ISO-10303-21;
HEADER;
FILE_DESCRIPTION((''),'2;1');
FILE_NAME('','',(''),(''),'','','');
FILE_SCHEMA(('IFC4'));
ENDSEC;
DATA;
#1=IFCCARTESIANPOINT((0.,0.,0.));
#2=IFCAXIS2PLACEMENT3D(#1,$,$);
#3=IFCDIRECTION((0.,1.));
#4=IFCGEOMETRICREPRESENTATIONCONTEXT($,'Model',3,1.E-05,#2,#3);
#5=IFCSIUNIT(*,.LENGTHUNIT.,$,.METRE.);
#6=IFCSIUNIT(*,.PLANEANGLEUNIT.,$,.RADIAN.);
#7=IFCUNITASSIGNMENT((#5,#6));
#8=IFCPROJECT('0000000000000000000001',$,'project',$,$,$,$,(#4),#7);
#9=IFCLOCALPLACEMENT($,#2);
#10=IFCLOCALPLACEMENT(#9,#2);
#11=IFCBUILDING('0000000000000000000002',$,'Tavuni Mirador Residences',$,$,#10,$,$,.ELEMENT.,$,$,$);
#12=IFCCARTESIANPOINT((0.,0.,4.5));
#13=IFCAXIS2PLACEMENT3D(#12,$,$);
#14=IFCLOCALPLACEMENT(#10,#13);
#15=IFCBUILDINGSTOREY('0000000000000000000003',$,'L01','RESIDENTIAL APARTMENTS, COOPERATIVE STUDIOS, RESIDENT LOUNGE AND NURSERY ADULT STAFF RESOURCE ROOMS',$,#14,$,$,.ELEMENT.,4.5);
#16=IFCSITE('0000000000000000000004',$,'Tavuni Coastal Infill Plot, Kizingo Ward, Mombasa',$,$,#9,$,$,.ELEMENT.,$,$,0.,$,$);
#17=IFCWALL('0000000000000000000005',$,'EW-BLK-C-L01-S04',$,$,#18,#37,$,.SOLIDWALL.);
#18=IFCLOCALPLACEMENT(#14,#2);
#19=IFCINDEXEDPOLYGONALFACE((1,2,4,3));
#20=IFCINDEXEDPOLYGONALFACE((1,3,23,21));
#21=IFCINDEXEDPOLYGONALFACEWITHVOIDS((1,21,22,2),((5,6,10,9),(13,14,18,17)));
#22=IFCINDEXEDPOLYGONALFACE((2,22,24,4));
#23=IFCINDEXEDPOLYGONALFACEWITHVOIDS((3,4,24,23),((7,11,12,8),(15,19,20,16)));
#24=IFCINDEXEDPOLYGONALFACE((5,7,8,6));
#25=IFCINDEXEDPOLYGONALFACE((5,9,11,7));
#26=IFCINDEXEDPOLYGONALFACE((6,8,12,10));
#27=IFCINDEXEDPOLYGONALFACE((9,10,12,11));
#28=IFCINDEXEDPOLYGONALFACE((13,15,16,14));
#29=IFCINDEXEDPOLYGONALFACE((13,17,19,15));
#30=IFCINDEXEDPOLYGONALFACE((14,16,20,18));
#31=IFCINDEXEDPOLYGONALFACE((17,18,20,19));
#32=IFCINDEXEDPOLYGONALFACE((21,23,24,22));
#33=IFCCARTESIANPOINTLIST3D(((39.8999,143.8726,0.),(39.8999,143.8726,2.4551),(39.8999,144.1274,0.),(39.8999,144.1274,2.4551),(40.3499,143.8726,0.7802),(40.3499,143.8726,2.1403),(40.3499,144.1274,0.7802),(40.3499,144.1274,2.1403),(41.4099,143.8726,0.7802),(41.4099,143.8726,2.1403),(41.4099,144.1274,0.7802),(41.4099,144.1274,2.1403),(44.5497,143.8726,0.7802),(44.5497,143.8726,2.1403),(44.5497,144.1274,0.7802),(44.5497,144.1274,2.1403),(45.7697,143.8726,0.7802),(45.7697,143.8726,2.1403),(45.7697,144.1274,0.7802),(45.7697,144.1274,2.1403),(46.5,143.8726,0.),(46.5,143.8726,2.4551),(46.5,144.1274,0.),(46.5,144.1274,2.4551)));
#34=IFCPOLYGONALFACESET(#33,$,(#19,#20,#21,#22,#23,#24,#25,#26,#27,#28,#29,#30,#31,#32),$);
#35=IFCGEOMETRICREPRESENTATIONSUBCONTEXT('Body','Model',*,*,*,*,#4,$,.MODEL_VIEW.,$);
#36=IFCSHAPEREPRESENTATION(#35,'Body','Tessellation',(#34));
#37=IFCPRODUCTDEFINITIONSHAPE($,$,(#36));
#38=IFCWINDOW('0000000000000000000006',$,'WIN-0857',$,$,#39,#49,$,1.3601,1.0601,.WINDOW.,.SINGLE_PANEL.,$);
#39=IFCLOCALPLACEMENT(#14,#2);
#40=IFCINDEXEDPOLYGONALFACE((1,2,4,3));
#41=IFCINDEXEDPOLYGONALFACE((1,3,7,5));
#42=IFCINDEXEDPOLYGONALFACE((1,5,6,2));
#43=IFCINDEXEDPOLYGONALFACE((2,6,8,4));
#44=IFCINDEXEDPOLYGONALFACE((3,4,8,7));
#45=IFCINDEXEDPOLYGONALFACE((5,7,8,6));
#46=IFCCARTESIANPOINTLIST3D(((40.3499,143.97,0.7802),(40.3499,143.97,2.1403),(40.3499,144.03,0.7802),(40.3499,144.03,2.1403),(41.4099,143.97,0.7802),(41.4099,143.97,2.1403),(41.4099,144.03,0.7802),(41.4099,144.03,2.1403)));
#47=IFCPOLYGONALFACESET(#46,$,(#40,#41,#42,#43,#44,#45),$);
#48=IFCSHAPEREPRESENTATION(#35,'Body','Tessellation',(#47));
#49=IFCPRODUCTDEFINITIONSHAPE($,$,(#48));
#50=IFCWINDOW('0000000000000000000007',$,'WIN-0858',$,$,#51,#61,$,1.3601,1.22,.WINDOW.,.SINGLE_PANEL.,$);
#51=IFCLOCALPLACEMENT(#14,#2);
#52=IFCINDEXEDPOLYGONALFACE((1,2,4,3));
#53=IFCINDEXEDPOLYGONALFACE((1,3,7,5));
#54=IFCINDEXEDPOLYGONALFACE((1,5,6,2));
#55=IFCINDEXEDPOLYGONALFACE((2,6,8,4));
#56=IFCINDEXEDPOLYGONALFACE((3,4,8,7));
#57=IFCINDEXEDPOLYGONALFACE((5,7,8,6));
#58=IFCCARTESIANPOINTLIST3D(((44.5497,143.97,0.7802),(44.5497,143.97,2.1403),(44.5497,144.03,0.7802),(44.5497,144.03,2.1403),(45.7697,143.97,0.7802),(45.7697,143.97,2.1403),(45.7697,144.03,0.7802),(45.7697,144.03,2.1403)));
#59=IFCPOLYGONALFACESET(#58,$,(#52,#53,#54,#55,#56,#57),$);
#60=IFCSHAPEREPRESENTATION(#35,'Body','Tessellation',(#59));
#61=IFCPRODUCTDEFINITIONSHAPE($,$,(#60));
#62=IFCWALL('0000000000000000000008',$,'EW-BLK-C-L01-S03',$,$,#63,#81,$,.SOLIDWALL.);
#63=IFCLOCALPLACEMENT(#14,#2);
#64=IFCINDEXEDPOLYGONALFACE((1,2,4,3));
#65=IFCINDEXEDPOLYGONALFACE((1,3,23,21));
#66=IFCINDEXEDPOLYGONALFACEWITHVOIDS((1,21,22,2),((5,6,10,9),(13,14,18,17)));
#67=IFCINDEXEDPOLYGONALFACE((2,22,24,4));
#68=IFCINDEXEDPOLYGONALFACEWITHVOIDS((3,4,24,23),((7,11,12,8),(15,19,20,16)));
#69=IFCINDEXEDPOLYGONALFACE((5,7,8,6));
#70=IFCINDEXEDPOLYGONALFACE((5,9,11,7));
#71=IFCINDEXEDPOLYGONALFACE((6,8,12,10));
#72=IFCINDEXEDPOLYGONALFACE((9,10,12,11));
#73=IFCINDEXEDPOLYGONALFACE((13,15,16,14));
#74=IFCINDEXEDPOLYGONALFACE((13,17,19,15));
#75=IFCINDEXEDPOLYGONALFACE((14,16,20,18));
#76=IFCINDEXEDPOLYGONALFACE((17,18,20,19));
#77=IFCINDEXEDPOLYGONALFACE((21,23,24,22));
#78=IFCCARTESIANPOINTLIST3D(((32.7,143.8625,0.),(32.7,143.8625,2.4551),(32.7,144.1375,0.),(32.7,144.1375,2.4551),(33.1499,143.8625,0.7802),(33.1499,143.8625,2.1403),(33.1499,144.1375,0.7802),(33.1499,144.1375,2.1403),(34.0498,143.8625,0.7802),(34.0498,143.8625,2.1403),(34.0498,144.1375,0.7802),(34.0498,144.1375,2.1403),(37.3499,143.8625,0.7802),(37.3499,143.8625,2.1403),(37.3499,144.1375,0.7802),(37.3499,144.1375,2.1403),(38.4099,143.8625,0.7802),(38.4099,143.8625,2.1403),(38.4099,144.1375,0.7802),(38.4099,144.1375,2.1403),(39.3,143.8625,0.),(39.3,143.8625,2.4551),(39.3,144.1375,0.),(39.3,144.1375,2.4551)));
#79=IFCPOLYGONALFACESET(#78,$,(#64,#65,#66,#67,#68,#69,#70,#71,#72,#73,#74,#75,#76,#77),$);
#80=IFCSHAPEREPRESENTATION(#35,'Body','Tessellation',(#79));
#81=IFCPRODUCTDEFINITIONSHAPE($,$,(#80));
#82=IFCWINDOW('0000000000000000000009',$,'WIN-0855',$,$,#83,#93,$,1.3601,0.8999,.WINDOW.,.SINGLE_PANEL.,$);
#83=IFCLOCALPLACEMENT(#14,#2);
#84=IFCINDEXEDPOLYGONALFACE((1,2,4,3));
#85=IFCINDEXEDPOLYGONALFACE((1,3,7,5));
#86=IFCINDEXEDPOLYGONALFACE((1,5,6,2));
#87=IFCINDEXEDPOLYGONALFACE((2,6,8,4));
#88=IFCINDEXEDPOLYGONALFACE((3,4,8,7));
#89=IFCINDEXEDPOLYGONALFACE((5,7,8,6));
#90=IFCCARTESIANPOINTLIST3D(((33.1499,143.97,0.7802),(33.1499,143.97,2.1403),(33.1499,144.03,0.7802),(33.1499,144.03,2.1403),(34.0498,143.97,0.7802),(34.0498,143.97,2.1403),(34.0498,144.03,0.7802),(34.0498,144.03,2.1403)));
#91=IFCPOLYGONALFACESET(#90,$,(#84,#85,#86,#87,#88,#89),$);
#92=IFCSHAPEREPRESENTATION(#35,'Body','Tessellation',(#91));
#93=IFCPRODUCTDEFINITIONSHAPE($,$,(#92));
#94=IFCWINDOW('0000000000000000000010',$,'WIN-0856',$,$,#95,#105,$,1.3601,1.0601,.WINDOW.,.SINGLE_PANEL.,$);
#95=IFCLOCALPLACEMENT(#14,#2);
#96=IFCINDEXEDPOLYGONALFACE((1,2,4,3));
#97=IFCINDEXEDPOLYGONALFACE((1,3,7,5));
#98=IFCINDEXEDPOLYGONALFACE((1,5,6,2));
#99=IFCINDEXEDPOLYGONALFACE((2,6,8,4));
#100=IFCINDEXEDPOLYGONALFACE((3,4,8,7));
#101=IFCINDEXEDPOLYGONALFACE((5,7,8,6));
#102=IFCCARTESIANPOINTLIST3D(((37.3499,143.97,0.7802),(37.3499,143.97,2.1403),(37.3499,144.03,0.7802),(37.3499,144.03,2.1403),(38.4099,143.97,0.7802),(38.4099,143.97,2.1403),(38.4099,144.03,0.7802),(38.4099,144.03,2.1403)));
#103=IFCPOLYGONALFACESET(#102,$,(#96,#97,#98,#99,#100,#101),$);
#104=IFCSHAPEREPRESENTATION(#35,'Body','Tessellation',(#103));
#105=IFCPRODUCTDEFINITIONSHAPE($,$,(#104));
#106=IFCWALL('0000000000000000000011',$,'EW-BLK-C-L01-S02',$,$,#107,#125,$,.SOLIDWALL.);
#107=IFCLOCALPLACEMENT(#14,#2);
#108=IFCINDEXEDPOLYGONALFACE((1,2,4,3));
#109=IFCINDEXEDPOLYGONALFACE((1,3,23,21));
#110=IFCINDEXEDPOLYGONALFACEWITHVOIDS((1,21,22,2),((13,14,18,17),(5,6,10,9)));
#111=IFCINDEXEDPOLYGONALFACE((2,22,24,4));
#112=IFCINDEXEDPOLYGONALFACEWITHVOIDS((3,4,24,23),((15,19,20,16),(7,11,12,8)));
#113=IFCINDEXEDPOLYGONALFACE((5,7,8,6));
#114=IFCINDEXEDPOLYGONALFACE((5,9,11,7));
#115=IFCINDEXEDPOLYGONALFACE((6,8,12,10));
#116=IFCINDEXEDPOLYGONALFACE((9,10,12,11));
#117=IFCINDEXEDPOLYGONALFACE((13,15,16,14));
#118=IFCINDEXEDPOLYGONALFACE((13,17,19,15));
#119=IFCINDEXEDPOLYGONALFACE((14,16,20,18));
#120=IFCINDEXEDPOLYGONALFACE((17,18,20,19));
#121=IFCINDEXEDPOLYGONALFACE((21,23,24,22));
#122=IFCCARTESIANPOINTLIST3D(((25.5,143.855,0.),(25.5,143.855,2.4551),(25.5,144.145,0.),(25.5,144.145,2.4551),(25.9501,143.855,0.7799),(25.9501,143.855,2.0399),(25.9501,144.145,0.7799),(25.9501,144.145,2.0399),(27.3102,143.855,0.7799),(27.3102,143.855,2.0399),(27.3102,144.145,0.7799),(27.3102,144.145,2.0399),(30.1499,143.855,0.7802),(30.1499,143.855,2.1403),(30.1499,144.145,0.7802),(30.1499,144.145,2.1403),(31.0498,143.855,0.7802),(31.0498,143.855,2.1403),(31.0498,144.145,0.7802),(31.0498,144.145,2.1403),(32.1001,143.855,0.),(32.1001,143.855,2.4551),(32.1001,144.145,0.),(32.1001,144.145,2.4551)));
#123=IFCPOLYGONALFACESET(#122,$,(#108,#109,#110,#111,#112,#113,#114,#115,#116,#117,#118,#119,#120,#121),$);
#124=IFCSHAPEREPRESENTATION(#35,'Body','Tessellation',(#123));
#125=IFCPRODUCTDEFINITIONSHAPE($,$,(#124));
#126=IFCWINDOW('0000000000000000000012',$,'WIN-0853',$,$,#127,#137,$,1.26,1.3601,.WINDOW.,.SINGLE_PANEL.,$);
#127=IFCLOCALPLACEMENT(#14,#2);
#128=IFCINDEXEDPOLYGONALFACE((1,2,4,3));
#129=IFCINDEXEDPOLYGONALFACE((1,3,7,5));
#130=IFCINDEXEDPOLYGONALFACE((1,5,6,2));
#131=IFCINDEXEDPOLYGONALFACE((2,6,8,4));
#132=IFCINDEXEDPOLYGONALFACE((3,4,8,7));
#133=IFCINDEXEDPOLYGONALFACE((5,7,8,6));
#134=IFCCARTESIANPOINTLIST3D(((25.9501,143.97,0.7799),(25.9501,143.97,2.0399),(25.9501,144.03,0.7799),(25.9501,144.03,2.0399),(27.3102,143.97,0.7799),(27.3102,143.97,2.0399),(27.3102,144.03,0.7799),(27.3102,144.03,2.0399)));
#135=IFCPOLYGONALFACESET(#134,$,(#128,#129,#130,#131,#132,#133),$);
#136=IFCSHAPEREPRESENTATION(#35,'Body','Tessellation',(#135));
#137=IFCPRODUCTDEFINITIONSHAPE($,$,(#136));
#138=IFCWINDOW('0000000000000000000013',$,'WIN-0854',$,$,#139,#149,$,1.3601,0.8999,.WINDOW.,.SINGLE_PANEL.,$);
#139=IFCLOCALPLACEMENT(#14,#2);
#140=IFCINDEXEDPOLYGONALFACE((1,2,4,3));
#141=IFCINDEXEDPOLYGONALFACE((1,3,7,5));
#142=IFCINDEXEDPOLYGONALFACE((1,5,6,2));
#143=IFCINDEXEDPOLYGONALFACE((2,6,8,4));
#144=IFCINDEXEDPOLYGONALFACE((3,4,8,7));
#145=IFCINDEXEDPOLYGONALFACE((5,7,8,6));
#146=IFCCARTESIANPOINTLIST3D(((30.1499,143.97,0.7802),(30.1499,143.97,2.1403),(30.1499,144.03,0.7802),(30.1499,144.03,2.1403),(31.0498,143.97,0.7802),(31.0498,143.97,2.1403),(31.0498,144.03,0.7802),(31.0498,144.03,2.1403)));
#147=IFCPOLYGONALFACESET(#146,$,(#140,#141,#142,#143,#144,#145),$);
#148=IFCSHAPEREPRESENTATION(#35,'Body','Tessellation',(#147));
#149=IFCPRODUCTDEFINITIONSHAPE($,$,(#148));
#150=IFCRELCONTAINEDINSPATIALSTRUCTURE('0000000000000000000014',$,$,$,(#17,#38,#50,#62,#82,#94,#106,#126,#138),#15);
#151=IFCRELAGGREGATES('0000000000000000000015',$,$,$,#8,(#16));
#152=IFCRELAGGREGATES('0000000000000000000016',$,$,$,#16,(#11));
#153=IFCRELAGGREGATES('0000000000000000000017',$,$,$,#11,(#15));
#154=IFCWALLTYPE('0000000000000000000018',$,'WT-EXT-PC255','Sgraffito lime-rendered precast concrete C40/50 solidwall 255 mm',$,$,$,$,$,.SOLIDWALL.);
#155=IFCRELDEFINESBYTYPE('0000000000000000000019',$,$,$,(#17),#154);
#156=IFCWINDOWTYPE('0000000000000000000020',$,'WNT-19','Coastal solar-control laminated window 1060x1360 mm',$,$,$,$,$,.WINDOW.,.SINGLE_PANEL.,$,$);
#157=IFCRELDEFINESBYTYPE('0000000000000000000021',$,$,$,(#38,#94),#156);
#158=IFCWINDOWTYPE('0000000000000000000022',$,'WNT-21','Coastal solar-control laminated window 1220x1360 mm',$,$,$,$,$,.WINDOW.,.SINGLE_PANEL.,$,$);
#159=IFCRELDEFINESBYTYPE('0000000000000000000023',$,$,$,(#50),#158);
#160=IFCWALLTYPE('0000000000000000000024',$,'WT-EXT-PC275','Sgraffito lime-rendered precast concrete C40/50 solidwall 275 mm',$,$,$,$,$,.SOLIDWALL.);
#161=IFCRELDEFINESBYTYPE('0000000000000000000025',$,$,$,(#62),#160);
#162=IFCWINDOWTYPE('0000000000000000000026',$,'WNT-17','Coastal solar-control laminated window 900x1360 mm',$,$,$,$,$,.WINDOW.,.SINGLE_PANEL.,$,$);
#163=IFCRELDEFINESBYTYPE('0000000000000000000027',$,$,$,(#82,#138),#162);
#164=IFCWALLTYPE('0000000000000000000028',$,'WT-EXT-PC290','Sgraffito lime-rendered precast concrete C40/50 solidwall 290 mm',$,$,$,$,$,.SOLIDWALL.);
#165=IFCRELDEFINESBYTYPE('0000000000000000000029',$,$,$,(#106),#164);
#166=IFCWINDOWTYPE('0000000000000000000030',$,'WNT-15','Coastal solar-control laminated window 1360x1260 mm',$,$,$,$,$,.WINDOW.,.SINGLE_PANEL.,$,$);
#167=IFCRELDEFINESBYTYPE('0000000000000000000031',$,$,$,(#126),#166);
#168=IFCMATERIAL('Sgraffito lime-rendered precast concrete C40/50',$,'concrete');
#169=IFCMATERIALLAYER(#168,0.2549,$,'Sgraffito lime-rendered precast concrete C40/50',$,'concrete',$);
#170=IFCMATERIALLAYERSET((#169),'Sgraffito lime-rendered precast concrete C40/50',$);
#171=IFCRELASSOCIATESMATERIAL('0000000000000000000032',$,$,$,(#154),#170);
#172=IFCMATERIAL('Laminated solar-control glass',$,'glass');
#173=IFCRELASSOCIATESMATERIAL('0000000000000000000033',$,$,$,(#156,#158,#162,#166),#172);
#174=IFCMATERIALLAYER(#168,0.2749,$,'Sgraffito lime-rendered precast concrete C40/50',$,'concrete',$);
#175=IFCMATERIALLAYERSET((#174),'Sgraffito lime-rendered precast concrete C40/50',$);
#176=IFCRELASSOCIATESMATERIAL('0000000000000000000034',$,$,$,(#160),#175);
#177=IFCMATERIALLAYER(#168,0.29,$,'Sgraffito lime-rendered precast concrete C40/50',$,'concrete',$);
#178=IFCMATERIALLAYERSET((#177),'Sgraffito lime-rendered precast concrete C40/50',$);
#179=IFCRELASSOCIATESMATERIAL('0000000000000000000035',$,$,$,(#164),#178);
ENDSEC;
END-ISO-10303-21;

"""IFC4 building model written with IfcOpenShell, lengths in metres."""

from ifc_helpers import new_model, si_unit, direction, frame, frame_2d, origin, place, context, subcontext, project, spatial, rectangle, extrude, material, layer, layer_set, type_object, element, fill, save


model = new_model("IFC4")

# Units and contexts
model_context = context("Model", 3, precision=1e-05, world=origin(), true_north=direction((0.0, 1.0)))
body_context = subcontext(model_context, "Body", "Model", "MODEL_VIEW")
ifc_project = project(units=[si_unit("LENGTHUNIT", "METRE"), si_unit("PLANEANGLEUNIT", "RADIAN")], contexts=[model_context])

# Site, building, storey
site_placement = place(None, origin())
site = spatial("IfcSite", under=ifc_project, at=site_placement, Name="Tavuni Coastal Infill Plot, Kizingo Ward, Mombasa", CompositionType="ELEMENT", RefElevation=0.0)
building_placement = place(site_placement, origin())
building = spatial("IfcBuilding", under=site, at=building_placement, Name="Tavuni Mirador Residences", CompositionType="ELEMENT")
storey_placement = place(building_placement, frame((0.0, 0.0, 4.5)))
storey = spatial("IfcBuildingStorey", under=building, at=storey_placement, Name="L01", Description="RESIDENTIAL APARTMENTS, COOPERATIVE STUDIOS, RESIDENT LOUNGE AND NURSERY ADULT STAFF RESOURCE ROOMS", CompositionType="ELEMENT", Elevation=4.5)

# Walls, openings, windows
ifc_material_1 = material(Name="Sgraffito lime-rendered precast concrete C40/50", Category="concrete")
ifc_layer_1 = layer(ifc_material_1, 0.2549, Name="Sgraffito lime-rendered precast concrete C40/50", Category="concrete")
ifc_layer_set_1 = layer_set([ifc_layer_1], Name="Sgraffito lime-rendered precast concrete C40/50")
wall_type_1 = type_object("IfcWallType", Name="WT-EXT-PC255", Description="Sgraffito lime-rendered precast concrete C40/50 solidwall 255 mm", PredefinedType="SOLIDWALL", material=ifc_layer_set_1)
wall_1_placement = place(storey_placement, frame((39.8999, 144.0, 0.0), z_axis=(0.0, 0.0, 1.0), x_axis=(1.0, 0.0, 0.0)))
wall_1 = element("IfcWall", 1, at=wall_1_placement, inside=storey, type_object=wall_type_1, Name="EW-BLK-C-L01-S04", PredefinedType="SOLIDWALL", context=body_context, shape_type="SweptSolid", body=[
    extrude(rectangle(XDim=6.6001, YDim=0.2549, at=frame_2d((3.3, 0.0))), origin(), (0.0, 0.0, 1.0), 2.4551),
])
opening_1_placement = place(wall_1_placement, frame((0.45, 0.0, 0.78)))
opening_1 = element("IfcOpeningElement", 2, at=opening_1_placement, cuts=wall_1, PredefinedType="OPENING", context=body_context, shape_type="SweptSolid", body=[
    extrude(rectangle(XDim=1.0601, YDim=1.3601, at=frame_2d((0.53, 0.6802))), frame((0.0, 0.1375, 0.0), z_axis=(0.0, -1.0, 0.0), x_axis=(1.0, 0.0, 0.0)), (0.0, 0.0, 1.0), 0.2749),
])
opening_2_placement = place(wall_1_placement, frame((4.6499, 0.0, 0.78)))
opening_2 = element("IfcOpeningElement", 3, at=opening_2_placement, cuts=wall_1, PredefinedType="OPENING", context=body_context, shape_type="SweptSolid", body=[
    extrude(rectangle(XDim=1.22, YDim=1.3601, at=frame_2d((0.6099, 0.6802))), frame((0.0, 0.1375, 0.0), z_axis=(0.0, -1.0, 0.0), x_axis=(1.0, 0.0, 0.0)), (0.0, 0.0, 1.0), 0.2749),
])
ifc_material_2 = material(Name="Laminated solar-control glass", Category="glass")
window_type_1 = type_object("IfcWindowType", Name="WNT-19", Description="Coastal solar-control laminated window 1060x1360 mm", PartitioningType="SINGLE_PANEL", PredefinedType="WINDOW", material=ifc_material_2)
window_1_placement = place(opening_1_placement, origin())
window_1 = element("IfcWindow", 4, at=window_1_placement, inside=storey, type_object=window_type_1, Name="WIN-0857", OverallHeight=1.3601, OverallWidth=1.0601, PartitioningType="SINGLE_PANEL", PredefinedType="WINDOW", context=body_context, shape_type="SweptSolid", body=[
    extrude(rectangle(XDim=1.0601, YDim=1.3601, at=frame_2d((0.53, 0.6802))), frame((0.0, 0.03, 0.0), z_axis=(0.0, -1.0, 0.0), x_axis=(1.0, 0.0, 0.0)), (0.0, 0.0, 1.0), 0.0601),
])
fill(opening_1, window_1)
window_type_2 = type_object("IfcWindowType", Name="WNT-21", Description="Coastal solar-control laminated window 1220x1360 mm", PartitioningType="SINGLE_PANEL", PredefinedType="WINDOW", material=ifc_material_2)
window_2_placement = place(opening_2_placement, origin())
window_2 = element("IfcWindow", 5, at=window_2_placement, inside=storey, type_object=window_type_2, Name="WIN-0858", OverallHeight=1.3601, OverallWidth=1.22, PartitioningType="SINGLE_PANEL", PredefinedType="WINDOW", context=body_context, shape_type="SweptSolid", body=[
    extrude(rectangle(XDim=1.22, YDim=1.3601, at=frame_2d((0.6099, 0.6802))), frame((0.0, 0.03, 0.0), z_axis=(0.0, -1.0, 0.0), x_axis=(1.0, 0.0, 0.0)), (0.0, 0.0, 1.0), 0.0601),
])
fill(opening_2, window_2)
ifc_layer_2 = layer(ifc_material_1, 0.2749, Name="Sgraffito lime-rendered precast concrete C40/50", Category="concrete")
ifc_layer_set_2 = layer_set([ifc_layer_2], Name="Sgraffito lime-rendered precast concrete C40/50")
wall_type_2 = type_object("IfcWallType", Name="WT-EXT-PC275", Description="Sgraffito lime-rendered precast concrete C40/50 solidwall 275 mm", PredefinedType="SOLIDWALL", material=ifc_layer_set_2)
wall_2_placement = place(storey_placement, frame((32.7, 144.0, 0.0), z_axis=(0.0, 0.0, 1.0), x_axis=(1.0, 0.0, 0.0)))
wall_2 = element("IfcWall", 6, at=wall_2_placement, inside=storey, type_object=wall_type_2, Name="EW-BLK-C-L01-S03", PredefinedType="SOLIDWALL", context=body_context, shape_type="SweptSolid", body=[
    extrude(rectangle(XDim=6.6001, YDim=0.2749, at=frame_2d((3.3, 0.0))), origin(), (0.0, 0.0, 1.0), 2.4551),
])
opening_3_placement = place(wall_2_placement, frame((0.45, 0.0, 0.78)))
opening_3 = element("IfcOpeningElement", 7, at=opening_3_placement, cuts=wall_2, PredefinedType="OPENING", context=body_context, shape_type="SweptSolid", body=[
    extrude(rectangle(XDim=0.8999, YDim=1.3601, at=frame_2d((0.45, 0.6802))), frame((0.0, 0.1475, 0.0), z_axis=(0.0, -1.0, 0.0), x_axis=(1.0, 0.0, 0.0)), (0.0, 0.0, 1.0), 0.2949),
])
opening_4_placement = place(wall_2_placement, frame((4.6499, 0.0, 0.78)))
opening_4 = element("IfcOpeningElement", 8, at=opening_4_placement, cuts=wall_2, PredefinedType="OPENING", context=body_context, shape_type="SweptSolid", body=[
    extrude(rectangle(XDim=1.0601, YDim=1.3601, at=frame_2d((0.53, 0.6802))), frame((0.0, 0.1475, 0.0), z_axis=(0.0, -1.0, 0.0), x_axis=(1.0, 0.0, 0.0)), (0.0, 0.0, 1.0), 0.2949),
])
window_type_3 = type_object("IfcWindowType", Name="WNT-17", Description="Coastal solar-control laminated window 900x1360 mm", PartitioningType="SINGLE_PANEL", PredefinedType="WINDOW", material=ifc_material_2)
window_3_placement = place(opening_3_placement, origin())
window_3 = element("IfcWindow", 9, at=window_3_placement, inside=storey, type_object=window_type_3, Name="WIN-0855", OverallHeight=1.3601, OverallWidth=0.8999, PartitioningType="SINGLE_PANEL", PredefinedType="WINDOW", context=body_context, shape_type="SweptSolid", body=[
    extrude(rectangle(XDim=0.8999, YDim=1.3601, at=frame_2d((0.45, 0.6802))), frame((0.0, 0.03, 0.0), z_axis=(0.0, -1.0, 0.0), x_axis=(1.0, 0.0, 0.0)), (0.0, 0.0, 1.0), 0.0601),
])
fill(opening_3, window_3)
window_4_placement = place(opening_4_placement, origin())
window_4 = element("IfcWindow", 10, at=window_4_placement, inside=storey, type_object=window_type_1, Name="WIN-0856", OverallHeight=1.3601, OverallWidth=1.0601, PartitioningType="SINGLE_PANEL", PredefinedType="WINDOW", context=body_context, shape_type="SweptSolid", body=[
    extrude(rectangle(XDim=1.0601, YDim=1.3601, at=frame_2d((0.53, 0.6802))), frame((0.0, 0.03, 0.0), z_axis=(0.0, -1.0, 0.0), x_axis=(1.0, 0.0, 0.0)), (0.0, 0.0, 1.0), 0.0601),
])
fill(opening_4, window_4)
ifc_layer_3 = layer(ifc_material_1, 0.29, Name="Sgraffito lime-rendered precast concrete C40/50", Category="concrete")
ifc_layer_set_3 = layer_set([ifc_layer_3], Name="Sgraffito lime-rendered precast concrete C40/50")
wall_type_3 = type_object("IfcWallType", Name="WT-EXT-PC290", Description="Sgraffito lime-rendered precast concrete C40/50 solidwall 290 mm", PredefinedType="SOLIDWALL", material=ifc_layer_set_3)
wall_3_placement = place(storey_placement, frame((25.5, 144.0, 0.0), z_axis=(0.0, 0.0, 1.0), x_axis=(1.0, 0.0, 0.0)))
wall_3 = element("IfcWall", 11, at=wall_3_placement, inside=storey, type_object=wall_type_3, Name="EW-BLK-C-L01-S02", PredefinedType="SOLIDWALL", context=body_context, shape_type="SweptSolid", body=[
    extrude(rectangle(XDim=6.6001, YDim=0.29, at=frame_2d((3.3, 0.0))), origin(), (0.0, 0.0, 1.0), 2.4551),
])
opening_5_placement = place(wall_3_placement, frame((0.45, 0.0, 0.78)))
opening_5 = element("IfcOpeningElement", 12, at=opening_5_placement, cuts=wall_3, PredefinedType="OPENING", context=body_context, shape_type="SweptSolid", body=[
    extrude(rectangle(XDim=1.3601, YDim=1.26, at=frame_2d((0.6802, 0.6299))), frame((0.0, 0.155, 0.0), z_axis=(0.0, -1.0, 0.0), x_axis=(1.0, 0.0, 0.0)), (0.0, 0.0, 1.0), 0.3101),
])
opening_6_placement = place(wall_3_placement, frame((4.6499, 0.0, 0.78)))
opening_6 = element("IfcOpeningElement", 13, at=opening_6_placement, cuts=wall_3, PredefinedType="OPENING", context=body_context, shape_type="SweptSolid", body=[
    extrude(rectangle(XDim=0.8999, YDim=1.3601, at=frame_2d((0.45, 0.6802))), frame((0.0, 0.155, 0.0), z_axis=(0.0, -1.0, 0.0), x_axis=(1.0, 0.0, 0.0)), (0.0, 0.0, 1.0), 0.3101),
])
window_type_4 = type_object("IfcWindowType", Name="WNT-15", Description="Coastal solar-control laminated window 1360x1260 mm", PartitioningType="SINGLE_PANEL", PredefinedType="WINDOW", material=ifc_material_2)
window_5_placement = place(opening_5_placement, origin())
window_5 = element("IfcWindow", 14, at=window_5_placement, inside=storey, type_object=window_type_4, Name="WIN-0853", OverallHeight=1.26, OverallWidth=1.3601, PartitioningType="SINGLE_PANEL", PredefinedType="WINDOW", context=body_context, shape_type="SweptSolid", body=[
    extrude(rectangle(XDim=1.3601, YDim=1.26, at=frame_2d((0.6802, 0.6299))), frame((0.0, 0.03, 0.0), z_axis=(0.0, -1.0, 0.0), x_axis=(1.0, 0.0, 0.0)), (0.0, 0.0, 1.0), 0.0601),
])
fill(opening_5, window_5)
window_6_placement = place(opening_6_placement, origin())
window_6 = element("IfcWindow", 15, at=window_6_placement, inside=storey, type_object=window_type_3, Name="WIN-0854", OverallHeight=1.3601, OverallWidth=0.8999, PartitioningType="SINGLE_PANEL", PredefinedType="WINDOW", context=body_context, shape_type="SweptSolid", body=[
    extrude(rectangle(XDim=0.8999, YDim=1.3601, at=frame_2d((0.45, 0.6802))), frame((0.0, 0.03, 0.0), z_axis=(0.0, -1.0, 0.0), x_axis=(1.0, 0.0, 0.0)), (0.0, 0.0, 1.0), 0.0601),
])
fill(opening_6, window_6)

save(model, "model.ifc")
